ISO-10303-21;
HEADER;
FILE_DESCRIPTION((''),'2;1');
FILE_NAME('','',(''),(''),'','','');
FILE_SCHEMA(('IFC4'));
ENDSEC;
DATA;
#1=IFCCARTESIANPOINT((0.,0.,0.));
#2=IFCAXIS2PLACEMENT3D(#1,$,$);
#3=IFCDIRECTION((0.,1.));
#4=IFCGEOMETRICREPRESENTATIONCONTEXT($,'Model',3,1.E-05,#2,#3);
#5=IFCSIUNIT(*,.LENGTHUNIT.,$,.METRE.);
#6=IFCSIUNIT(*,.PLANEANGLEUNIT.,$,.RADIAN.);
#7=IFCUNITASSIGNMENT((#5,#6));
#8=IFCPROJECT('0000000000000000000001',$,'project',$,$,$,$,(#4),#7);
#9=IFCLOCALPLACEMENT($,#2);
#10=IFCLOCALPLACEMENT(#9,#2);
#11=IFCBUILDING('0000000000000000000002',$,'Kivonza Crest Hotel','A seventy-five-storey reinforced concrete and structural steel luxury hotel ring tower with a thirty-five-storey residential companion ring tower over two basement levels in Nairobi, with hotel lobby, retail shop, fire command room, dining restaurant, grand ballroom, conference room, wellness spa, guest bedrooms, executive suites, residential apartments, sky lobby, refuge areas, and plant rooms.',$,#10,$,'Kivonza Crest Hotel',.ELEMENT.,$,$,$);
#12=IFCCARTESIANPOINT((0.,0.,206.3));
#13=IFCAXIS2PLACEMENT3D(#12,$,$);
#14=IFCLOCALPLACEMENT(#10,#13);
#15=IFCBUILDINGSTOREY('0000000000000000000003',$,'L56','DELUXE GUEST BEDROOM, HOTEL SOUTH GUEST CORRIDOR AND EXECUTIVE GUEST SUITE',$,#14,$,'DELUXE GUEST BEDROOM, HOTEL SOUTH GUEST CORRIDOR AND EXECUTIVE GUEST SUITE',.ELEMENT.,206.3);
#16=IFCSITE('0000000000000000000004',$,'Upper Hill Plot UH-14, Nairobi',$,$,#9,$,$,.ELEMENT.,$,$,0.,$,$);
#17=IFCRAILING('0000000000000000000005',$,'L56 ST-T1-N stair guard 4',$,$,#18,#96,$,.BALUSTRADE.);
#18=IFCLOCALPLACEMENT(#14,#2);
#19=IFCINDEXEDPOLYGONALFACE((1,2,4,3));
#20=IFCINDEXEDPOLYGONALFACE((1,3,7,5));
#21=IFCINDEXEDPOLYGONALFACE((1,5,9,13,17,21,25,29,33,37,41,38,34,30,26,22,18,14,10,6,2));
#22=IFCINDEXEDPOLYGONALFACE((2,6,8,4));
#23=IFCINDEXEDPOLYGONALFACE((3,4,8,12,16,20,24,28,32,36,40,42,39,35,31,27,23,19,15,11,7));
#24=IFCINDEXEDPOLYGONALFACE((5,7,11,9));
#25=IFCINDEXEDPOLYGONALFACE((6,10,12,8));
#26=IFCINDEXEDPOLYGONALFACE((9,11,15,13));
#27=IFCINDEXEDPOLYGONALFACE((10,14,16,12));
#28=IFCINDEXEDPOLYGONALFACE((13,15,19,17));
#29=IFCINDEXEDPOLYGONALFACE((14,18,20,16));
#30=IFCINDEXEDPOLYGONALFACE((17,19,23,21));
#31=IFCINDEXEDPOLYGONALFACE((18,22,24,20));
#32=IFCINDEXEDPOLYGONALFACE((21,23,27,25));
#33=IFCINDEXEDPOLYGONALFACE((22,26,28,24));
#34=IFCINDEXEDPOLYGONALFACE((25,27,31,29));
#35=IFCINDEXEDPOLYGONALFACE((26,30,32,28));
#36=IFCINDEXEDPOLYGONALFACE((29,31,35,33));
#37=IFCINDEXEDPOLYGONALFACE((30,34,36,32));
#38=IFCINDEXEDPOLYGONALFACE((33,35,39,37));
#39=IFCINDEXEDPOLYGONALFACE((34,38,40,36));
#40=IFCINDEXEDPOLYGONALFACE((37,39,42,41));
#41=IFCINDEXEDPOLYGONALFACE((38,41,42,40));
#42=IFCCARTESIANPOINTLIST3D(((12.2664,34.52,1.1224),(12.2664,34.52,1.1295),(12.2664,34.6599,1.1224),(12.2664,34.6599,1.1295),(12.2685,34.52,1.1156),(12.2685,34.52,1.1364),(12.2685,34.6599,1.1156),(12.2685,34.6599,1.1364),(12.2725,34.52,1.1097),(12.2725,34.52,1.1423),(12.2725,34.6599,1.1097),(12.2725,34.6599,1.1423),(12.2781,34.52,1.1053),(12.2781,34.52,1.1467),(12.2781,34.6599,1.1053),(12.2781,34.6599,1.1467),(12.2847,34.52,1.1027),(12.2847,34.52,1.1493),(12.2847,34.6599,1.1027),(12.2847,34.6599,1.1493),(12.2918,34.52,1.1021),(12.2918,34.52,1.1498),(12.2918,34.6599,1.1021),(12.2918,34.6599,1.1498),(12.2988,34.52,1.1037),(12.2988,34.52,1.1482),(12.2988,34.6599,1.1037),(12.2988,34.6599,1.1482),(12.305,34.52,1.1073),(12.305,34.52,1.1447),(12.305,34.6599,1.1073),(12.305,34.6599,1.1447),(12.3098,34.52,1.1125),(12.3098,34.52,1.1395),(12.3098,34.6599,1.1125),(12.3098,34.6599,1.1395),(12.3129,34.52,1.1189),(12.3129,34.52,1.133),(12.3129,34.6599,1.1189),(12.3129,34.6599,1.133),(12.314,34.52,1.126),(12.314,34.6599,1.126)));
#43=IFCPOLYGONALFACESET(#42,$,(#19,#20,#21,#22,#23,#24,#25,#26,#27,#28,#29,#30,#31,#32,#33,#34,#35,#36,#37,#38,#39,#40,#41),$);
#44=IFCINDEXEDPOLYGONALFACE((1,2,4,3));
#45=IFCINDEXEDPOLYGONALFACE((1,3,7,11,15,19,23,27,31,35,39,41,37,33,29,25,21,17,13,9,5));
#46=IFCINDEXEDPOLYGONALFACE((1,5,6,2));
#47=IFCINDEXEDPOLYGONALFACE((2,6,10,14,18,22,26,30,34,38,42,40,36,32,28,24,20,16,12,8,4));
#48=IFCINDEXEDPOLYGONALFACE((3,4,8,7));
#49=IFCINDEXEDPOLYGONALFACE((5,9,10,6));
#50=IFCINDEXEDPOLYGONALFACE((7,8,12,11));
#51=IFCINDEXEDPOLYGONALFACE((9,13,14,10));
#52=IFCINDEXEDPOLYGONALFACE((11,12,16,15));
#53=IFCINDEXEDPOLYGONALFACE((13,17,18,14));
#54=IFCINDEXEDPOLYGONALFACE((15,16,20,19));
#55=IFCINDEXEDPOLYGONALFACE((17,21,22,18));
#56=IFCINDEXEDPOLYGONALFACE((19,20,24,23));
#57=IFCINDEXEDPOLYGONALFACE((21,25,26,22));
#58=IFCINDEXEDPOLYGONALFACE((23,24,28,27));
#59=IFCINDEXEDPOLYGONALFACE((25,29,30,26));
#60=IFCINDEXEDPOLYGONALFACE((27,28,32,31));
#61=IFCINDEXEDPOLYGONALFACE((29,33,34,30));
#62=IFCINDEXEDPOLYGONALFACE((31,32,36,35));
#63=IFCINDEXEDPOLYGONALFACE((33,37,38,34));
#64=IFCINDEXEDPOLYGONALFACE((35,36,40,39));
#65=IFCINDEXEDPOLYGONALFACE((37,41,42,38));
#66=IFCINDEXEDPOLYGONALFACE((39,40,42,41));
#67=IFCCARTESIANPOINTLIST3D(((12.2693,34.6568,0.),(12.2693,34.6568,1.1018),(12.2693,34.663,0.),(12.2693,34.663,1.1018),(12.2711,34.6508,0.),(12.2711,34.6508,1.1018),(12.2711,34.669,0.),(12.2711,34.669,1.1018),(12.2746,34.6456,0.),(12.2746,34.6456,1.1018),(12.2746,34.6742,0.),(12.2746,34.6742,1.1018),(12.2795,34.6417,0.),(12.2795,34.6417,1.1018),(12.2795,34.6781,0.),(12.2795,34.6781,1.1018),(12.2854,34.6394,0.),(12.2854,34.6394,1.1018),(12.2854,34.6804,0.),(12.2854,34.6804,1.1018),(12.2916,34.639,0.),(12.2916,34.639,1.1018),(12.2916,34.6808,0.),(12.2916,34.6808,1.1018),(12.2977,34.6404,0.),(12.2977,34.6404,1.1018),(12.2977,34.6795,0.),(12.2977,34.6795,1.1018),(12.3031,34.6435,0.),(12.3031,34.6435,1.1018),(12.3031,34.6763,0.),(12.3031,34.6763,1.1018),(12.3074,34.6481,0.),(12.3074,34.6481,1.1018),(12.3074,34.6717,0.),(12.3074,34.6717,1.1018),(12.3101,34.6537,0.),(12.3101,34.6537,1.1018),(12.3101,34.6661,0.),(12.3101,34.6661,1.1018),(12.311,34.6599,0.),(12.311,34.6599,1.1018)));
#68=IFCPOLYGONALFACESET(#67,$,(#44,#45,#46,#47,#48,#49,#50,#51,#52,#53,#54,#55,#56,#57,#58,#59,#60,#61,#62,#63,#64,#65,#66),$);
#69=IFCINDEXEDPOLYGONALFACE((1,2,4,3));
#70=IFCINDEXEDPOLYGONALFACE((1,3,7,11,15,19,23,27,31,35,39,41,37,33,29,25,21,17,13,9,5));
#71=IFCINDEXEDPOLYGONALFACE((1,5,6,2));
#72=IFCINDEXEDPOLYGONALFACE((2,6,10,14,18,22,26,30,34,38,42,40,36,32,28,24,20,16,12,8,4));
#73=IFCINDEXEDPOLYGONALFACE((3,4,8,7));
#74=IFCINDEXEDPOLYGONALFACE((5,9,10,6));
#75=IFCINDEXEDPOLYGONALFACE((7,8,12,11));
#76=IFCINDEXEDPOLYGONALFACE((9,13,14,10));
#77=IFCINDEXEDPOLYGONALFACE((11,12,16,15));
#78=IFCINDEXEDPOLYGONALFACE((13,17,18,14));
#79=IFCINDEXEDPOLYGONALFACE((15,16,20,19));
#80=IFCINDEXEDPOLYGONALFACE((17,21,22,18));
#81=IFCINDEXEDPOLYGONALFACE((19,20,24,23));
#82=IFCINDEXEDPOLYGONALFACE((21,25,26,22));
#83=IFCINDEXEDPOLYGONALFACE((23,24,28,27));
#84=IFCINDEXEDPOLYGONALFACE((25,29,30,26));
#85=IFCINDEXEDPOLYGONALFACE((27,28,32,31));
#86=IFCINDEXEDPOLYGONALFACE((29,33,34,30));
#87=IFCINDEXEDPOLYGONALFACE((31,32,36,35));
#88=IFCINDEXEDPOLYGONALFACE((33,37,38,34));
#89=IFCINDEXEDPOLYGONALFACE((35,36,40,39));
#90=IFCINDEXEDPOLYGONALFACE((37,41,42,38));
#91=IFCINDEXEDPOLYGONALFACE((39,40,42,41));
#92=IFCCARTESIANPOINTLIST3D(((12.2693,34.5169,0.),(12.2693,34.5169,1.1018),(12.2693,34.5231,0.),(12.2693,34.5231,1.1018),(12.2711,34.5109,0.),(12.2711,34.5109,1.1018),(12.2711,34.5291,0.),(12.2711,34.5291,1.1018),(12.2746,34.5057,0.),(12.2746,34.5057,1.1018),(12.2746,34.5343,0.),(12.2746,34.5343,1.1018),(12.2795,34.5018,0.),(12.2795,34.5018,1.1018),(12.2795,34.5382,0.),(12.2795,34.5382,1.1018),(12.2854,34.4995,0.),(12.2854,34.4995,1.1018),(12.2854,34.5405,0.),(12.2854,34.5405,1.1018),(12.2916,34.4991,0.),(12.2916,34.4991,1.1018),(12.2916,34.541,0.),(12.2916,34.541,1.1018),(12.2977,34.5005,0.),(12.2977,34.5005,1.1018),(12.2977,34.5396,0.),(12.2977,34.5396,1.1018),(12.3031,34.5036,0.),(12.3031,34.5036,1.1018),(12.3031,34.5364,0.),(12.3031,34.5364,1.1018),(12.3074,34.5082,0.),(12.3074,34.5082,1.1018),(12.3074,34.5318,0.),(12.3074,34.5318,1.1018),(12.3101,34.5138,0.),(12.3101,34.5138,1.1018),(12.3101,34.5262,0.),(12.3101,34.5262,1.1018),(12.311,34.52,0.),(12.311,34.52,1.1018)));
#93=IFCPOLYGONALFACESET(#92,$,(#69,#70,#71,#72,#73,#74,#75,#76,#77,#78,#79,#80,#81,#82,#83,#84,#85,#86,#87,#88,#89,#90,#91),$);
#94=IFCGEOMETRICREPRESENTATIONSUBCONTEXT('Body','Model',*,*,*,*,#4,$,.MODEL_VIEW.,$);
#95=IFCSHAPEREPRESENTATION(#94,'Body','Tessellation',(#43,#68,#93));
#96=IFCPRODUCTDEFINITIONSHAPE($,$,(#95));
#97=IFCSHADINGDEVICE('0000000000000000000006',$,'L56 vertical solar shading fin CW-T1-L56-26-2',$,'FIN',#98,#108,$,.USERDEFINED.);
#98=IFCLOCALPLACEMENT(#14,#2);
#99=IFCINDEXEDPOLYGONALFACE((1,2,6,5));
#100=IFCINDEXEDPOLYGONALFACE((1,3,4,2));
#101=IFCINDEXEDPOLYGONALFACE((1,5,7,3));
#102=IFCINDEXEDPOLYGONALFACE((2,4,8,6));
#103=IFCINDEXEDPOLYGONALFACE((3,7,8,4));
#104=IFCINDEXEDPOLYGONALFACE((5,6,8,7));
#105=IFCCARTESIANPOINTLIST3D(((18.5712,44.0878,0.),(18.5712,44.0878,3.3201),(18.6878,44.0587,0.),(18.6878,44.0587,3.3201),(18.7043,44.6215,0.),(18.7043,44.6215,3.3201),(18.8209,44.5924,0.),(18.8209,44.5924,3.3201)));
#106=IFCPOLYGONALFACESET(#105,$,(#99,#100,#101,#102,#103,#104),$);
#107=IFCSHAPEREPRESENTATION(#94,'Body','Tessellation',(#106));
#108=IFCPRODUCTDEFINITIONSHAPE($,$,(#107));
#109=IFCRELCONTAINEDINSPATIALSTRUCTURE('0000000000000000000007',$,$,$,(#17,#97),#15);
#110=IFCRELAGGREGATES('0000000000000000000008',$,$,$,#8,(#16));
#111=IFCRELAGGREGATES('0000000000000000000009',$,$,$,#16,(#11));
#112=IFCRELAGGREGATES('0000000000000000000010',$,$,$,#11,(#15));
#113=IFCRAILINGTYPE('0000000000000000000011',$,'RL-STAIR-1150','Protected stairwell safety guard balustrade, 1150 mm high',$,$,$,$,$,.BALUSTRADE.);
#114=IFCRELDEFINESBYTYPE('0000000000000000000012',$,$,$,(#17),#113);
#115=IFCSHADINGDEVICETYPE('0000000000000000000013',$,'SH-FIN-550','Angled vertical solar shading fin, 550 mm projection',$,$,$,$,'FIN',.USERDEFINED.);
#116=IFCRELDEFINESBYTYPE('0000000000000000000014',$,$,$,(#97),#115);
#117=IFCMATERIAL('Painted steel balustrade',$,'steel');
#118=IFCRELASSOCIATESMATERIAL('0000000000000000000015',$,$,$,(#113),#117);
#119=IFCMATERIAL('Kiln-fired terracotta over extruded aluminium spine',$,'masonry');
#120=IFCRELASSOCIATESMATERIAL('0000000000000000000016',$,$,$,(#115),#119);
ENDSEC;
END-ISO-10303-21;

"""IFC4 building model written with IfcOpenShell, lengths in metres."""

from ifc_helpers import new_model, si_unit, direction, frame, origin, origin_2d, place, context, subcontext, project, spatial, rectangle, circle, extrude, material, type_object, element, save


model = new_model("IFC4")

# Units and contexts
model_context = context("Model", 3, precision=1e-05, world=origin(), true_north=direction((0.0, 1.0)))
body_context = subcontext(model_context, "Body", "Model", "MODEL_VIEW")
ifc_project = project(units=[si_unit("LENGTHUNIT", "METRE"), si_unit("PLANEANGLEUNIT", "RADIAN")], contexts=[model_context])

# Site, building, storey
site_placement = place(None, origin())
site = spatial("IfcSite", under=ifc_project, at=site_placement, Name="Upper Hill Plot UH-14, Nairobi", CompositionType="ELEMENT", RefElevation=0.0)
building_placement = place(site_placement, origin())
building = spatial("IfcBuilding", under=site, at=building_placement, Name="Kivonza Crest Hotel", Description="A seventy-five-storey reinforced concrete and structural steel luxury hotel ring tower with a thirty-five-storey residential companion ring tower over two basement levels in Nairobi, with hotel lobby, retail shop, fire command room, dining restaurant, grand ballroom, conference room, wellness spa, guest bedrooms, executive suites, residential apartments, sky lobby, refuge areas, and plant rooms.", LongName="Kivonza Crest Hotel", CompositionType="ELEMENT")
storey_placement = place(building_placement, frame((0.0, 0.0, 206.3)))
storey = spatial("IfcBuildingStorey", under=building, at=storey_placement, Name="L56", Description="DELUXE GUEST BEDROOM, HOTEL SOUTH GUEST CORRIDOR AND EXECUTIVE GUEST SUITE", LongName="DELUXE GUEST BEDROOM, HOTEL SOUTH GUEST CORRIDOR AND EXECUTIVE GUEST SUITE", CompositionType="ELEMENT", Elevation=206.3)

# Railing
ifc_material_1 = material(Name="Painted steel balustrade", Category="steel")
railing_type_1 = type_object("IfcRailingType", Name="RL-STAIR-1150", Description="Protected stairwell safety guard balustrade, 1150 mm high", PredefinedType="BALUSTRADE", material=ifc_material_1)
railing_1_placement = place(storey_placement, frame((12.29, 34.6599, 0.0)))
element("IfcRailing", 1, at=railing_1_placement, inside=storey, type_object=railing_type_1, Name="L56 ST-T1-N stair guard 4", PredefinedType="BALUSTRADE", context=body_context, shape_type="SweptSolid", body=[
    extrude(circle(Radius=0.0239, at=origin_2d()), frame((0.0, 0.0, 1.126), z_axis=(0.0, -1.0, 0.0), x_axis=(1.0, 0.0, 0.0)), (0.0, 0.0, 1.0), 0.1399),
    extrude(circle(Radius=0.021, at=origin_2d()), origin(), (0.0, 0.0, 1.0), 1.1018),
    extrude(circle(Radius=0.021, at=origin_2d()), frame((0.0, -0.1399, 0.0)), (0.0, 0.0, 1.0), 1.1018),
])

# Shading device
ifc_material_2 = material(Name="Kiln-fired terracotta over extruded aluminium spine", Category="masonry")
shading_device_type = type_object("IfcShadingDeviceType", Name="SH-FIN-550", Description="Angled vertical solar shading fin, 550 mm projection", ElementType="FIN", PredefinedType="USERDEFINED", material=ifc_material_2)
shading_device_placement = place(storey_placement, frame((18.696, 44.3401, 0.0), z_axis=(0.0, 0.0, 1.0), x_axis=(-0.970296, 0.241922, 0.0)))
element("IfcShadingDevice", 2, at=shading_device_placement, inside=storey, type_object=shading_device_type, Name="L56 vertical solar shading fin CW-T1-L56-26-2", ObjectType="FIN", PredefinedType="USERDEFINED", context=body_context, shape_type="SweptSolid", body=[
    extrude(rectangle(XDim=0.1201, YDim=0.55, at=origin_2d()), origin(), (0.0, 0.0, 1.0), 3.3201),
])

save(model, "model.ifc")
